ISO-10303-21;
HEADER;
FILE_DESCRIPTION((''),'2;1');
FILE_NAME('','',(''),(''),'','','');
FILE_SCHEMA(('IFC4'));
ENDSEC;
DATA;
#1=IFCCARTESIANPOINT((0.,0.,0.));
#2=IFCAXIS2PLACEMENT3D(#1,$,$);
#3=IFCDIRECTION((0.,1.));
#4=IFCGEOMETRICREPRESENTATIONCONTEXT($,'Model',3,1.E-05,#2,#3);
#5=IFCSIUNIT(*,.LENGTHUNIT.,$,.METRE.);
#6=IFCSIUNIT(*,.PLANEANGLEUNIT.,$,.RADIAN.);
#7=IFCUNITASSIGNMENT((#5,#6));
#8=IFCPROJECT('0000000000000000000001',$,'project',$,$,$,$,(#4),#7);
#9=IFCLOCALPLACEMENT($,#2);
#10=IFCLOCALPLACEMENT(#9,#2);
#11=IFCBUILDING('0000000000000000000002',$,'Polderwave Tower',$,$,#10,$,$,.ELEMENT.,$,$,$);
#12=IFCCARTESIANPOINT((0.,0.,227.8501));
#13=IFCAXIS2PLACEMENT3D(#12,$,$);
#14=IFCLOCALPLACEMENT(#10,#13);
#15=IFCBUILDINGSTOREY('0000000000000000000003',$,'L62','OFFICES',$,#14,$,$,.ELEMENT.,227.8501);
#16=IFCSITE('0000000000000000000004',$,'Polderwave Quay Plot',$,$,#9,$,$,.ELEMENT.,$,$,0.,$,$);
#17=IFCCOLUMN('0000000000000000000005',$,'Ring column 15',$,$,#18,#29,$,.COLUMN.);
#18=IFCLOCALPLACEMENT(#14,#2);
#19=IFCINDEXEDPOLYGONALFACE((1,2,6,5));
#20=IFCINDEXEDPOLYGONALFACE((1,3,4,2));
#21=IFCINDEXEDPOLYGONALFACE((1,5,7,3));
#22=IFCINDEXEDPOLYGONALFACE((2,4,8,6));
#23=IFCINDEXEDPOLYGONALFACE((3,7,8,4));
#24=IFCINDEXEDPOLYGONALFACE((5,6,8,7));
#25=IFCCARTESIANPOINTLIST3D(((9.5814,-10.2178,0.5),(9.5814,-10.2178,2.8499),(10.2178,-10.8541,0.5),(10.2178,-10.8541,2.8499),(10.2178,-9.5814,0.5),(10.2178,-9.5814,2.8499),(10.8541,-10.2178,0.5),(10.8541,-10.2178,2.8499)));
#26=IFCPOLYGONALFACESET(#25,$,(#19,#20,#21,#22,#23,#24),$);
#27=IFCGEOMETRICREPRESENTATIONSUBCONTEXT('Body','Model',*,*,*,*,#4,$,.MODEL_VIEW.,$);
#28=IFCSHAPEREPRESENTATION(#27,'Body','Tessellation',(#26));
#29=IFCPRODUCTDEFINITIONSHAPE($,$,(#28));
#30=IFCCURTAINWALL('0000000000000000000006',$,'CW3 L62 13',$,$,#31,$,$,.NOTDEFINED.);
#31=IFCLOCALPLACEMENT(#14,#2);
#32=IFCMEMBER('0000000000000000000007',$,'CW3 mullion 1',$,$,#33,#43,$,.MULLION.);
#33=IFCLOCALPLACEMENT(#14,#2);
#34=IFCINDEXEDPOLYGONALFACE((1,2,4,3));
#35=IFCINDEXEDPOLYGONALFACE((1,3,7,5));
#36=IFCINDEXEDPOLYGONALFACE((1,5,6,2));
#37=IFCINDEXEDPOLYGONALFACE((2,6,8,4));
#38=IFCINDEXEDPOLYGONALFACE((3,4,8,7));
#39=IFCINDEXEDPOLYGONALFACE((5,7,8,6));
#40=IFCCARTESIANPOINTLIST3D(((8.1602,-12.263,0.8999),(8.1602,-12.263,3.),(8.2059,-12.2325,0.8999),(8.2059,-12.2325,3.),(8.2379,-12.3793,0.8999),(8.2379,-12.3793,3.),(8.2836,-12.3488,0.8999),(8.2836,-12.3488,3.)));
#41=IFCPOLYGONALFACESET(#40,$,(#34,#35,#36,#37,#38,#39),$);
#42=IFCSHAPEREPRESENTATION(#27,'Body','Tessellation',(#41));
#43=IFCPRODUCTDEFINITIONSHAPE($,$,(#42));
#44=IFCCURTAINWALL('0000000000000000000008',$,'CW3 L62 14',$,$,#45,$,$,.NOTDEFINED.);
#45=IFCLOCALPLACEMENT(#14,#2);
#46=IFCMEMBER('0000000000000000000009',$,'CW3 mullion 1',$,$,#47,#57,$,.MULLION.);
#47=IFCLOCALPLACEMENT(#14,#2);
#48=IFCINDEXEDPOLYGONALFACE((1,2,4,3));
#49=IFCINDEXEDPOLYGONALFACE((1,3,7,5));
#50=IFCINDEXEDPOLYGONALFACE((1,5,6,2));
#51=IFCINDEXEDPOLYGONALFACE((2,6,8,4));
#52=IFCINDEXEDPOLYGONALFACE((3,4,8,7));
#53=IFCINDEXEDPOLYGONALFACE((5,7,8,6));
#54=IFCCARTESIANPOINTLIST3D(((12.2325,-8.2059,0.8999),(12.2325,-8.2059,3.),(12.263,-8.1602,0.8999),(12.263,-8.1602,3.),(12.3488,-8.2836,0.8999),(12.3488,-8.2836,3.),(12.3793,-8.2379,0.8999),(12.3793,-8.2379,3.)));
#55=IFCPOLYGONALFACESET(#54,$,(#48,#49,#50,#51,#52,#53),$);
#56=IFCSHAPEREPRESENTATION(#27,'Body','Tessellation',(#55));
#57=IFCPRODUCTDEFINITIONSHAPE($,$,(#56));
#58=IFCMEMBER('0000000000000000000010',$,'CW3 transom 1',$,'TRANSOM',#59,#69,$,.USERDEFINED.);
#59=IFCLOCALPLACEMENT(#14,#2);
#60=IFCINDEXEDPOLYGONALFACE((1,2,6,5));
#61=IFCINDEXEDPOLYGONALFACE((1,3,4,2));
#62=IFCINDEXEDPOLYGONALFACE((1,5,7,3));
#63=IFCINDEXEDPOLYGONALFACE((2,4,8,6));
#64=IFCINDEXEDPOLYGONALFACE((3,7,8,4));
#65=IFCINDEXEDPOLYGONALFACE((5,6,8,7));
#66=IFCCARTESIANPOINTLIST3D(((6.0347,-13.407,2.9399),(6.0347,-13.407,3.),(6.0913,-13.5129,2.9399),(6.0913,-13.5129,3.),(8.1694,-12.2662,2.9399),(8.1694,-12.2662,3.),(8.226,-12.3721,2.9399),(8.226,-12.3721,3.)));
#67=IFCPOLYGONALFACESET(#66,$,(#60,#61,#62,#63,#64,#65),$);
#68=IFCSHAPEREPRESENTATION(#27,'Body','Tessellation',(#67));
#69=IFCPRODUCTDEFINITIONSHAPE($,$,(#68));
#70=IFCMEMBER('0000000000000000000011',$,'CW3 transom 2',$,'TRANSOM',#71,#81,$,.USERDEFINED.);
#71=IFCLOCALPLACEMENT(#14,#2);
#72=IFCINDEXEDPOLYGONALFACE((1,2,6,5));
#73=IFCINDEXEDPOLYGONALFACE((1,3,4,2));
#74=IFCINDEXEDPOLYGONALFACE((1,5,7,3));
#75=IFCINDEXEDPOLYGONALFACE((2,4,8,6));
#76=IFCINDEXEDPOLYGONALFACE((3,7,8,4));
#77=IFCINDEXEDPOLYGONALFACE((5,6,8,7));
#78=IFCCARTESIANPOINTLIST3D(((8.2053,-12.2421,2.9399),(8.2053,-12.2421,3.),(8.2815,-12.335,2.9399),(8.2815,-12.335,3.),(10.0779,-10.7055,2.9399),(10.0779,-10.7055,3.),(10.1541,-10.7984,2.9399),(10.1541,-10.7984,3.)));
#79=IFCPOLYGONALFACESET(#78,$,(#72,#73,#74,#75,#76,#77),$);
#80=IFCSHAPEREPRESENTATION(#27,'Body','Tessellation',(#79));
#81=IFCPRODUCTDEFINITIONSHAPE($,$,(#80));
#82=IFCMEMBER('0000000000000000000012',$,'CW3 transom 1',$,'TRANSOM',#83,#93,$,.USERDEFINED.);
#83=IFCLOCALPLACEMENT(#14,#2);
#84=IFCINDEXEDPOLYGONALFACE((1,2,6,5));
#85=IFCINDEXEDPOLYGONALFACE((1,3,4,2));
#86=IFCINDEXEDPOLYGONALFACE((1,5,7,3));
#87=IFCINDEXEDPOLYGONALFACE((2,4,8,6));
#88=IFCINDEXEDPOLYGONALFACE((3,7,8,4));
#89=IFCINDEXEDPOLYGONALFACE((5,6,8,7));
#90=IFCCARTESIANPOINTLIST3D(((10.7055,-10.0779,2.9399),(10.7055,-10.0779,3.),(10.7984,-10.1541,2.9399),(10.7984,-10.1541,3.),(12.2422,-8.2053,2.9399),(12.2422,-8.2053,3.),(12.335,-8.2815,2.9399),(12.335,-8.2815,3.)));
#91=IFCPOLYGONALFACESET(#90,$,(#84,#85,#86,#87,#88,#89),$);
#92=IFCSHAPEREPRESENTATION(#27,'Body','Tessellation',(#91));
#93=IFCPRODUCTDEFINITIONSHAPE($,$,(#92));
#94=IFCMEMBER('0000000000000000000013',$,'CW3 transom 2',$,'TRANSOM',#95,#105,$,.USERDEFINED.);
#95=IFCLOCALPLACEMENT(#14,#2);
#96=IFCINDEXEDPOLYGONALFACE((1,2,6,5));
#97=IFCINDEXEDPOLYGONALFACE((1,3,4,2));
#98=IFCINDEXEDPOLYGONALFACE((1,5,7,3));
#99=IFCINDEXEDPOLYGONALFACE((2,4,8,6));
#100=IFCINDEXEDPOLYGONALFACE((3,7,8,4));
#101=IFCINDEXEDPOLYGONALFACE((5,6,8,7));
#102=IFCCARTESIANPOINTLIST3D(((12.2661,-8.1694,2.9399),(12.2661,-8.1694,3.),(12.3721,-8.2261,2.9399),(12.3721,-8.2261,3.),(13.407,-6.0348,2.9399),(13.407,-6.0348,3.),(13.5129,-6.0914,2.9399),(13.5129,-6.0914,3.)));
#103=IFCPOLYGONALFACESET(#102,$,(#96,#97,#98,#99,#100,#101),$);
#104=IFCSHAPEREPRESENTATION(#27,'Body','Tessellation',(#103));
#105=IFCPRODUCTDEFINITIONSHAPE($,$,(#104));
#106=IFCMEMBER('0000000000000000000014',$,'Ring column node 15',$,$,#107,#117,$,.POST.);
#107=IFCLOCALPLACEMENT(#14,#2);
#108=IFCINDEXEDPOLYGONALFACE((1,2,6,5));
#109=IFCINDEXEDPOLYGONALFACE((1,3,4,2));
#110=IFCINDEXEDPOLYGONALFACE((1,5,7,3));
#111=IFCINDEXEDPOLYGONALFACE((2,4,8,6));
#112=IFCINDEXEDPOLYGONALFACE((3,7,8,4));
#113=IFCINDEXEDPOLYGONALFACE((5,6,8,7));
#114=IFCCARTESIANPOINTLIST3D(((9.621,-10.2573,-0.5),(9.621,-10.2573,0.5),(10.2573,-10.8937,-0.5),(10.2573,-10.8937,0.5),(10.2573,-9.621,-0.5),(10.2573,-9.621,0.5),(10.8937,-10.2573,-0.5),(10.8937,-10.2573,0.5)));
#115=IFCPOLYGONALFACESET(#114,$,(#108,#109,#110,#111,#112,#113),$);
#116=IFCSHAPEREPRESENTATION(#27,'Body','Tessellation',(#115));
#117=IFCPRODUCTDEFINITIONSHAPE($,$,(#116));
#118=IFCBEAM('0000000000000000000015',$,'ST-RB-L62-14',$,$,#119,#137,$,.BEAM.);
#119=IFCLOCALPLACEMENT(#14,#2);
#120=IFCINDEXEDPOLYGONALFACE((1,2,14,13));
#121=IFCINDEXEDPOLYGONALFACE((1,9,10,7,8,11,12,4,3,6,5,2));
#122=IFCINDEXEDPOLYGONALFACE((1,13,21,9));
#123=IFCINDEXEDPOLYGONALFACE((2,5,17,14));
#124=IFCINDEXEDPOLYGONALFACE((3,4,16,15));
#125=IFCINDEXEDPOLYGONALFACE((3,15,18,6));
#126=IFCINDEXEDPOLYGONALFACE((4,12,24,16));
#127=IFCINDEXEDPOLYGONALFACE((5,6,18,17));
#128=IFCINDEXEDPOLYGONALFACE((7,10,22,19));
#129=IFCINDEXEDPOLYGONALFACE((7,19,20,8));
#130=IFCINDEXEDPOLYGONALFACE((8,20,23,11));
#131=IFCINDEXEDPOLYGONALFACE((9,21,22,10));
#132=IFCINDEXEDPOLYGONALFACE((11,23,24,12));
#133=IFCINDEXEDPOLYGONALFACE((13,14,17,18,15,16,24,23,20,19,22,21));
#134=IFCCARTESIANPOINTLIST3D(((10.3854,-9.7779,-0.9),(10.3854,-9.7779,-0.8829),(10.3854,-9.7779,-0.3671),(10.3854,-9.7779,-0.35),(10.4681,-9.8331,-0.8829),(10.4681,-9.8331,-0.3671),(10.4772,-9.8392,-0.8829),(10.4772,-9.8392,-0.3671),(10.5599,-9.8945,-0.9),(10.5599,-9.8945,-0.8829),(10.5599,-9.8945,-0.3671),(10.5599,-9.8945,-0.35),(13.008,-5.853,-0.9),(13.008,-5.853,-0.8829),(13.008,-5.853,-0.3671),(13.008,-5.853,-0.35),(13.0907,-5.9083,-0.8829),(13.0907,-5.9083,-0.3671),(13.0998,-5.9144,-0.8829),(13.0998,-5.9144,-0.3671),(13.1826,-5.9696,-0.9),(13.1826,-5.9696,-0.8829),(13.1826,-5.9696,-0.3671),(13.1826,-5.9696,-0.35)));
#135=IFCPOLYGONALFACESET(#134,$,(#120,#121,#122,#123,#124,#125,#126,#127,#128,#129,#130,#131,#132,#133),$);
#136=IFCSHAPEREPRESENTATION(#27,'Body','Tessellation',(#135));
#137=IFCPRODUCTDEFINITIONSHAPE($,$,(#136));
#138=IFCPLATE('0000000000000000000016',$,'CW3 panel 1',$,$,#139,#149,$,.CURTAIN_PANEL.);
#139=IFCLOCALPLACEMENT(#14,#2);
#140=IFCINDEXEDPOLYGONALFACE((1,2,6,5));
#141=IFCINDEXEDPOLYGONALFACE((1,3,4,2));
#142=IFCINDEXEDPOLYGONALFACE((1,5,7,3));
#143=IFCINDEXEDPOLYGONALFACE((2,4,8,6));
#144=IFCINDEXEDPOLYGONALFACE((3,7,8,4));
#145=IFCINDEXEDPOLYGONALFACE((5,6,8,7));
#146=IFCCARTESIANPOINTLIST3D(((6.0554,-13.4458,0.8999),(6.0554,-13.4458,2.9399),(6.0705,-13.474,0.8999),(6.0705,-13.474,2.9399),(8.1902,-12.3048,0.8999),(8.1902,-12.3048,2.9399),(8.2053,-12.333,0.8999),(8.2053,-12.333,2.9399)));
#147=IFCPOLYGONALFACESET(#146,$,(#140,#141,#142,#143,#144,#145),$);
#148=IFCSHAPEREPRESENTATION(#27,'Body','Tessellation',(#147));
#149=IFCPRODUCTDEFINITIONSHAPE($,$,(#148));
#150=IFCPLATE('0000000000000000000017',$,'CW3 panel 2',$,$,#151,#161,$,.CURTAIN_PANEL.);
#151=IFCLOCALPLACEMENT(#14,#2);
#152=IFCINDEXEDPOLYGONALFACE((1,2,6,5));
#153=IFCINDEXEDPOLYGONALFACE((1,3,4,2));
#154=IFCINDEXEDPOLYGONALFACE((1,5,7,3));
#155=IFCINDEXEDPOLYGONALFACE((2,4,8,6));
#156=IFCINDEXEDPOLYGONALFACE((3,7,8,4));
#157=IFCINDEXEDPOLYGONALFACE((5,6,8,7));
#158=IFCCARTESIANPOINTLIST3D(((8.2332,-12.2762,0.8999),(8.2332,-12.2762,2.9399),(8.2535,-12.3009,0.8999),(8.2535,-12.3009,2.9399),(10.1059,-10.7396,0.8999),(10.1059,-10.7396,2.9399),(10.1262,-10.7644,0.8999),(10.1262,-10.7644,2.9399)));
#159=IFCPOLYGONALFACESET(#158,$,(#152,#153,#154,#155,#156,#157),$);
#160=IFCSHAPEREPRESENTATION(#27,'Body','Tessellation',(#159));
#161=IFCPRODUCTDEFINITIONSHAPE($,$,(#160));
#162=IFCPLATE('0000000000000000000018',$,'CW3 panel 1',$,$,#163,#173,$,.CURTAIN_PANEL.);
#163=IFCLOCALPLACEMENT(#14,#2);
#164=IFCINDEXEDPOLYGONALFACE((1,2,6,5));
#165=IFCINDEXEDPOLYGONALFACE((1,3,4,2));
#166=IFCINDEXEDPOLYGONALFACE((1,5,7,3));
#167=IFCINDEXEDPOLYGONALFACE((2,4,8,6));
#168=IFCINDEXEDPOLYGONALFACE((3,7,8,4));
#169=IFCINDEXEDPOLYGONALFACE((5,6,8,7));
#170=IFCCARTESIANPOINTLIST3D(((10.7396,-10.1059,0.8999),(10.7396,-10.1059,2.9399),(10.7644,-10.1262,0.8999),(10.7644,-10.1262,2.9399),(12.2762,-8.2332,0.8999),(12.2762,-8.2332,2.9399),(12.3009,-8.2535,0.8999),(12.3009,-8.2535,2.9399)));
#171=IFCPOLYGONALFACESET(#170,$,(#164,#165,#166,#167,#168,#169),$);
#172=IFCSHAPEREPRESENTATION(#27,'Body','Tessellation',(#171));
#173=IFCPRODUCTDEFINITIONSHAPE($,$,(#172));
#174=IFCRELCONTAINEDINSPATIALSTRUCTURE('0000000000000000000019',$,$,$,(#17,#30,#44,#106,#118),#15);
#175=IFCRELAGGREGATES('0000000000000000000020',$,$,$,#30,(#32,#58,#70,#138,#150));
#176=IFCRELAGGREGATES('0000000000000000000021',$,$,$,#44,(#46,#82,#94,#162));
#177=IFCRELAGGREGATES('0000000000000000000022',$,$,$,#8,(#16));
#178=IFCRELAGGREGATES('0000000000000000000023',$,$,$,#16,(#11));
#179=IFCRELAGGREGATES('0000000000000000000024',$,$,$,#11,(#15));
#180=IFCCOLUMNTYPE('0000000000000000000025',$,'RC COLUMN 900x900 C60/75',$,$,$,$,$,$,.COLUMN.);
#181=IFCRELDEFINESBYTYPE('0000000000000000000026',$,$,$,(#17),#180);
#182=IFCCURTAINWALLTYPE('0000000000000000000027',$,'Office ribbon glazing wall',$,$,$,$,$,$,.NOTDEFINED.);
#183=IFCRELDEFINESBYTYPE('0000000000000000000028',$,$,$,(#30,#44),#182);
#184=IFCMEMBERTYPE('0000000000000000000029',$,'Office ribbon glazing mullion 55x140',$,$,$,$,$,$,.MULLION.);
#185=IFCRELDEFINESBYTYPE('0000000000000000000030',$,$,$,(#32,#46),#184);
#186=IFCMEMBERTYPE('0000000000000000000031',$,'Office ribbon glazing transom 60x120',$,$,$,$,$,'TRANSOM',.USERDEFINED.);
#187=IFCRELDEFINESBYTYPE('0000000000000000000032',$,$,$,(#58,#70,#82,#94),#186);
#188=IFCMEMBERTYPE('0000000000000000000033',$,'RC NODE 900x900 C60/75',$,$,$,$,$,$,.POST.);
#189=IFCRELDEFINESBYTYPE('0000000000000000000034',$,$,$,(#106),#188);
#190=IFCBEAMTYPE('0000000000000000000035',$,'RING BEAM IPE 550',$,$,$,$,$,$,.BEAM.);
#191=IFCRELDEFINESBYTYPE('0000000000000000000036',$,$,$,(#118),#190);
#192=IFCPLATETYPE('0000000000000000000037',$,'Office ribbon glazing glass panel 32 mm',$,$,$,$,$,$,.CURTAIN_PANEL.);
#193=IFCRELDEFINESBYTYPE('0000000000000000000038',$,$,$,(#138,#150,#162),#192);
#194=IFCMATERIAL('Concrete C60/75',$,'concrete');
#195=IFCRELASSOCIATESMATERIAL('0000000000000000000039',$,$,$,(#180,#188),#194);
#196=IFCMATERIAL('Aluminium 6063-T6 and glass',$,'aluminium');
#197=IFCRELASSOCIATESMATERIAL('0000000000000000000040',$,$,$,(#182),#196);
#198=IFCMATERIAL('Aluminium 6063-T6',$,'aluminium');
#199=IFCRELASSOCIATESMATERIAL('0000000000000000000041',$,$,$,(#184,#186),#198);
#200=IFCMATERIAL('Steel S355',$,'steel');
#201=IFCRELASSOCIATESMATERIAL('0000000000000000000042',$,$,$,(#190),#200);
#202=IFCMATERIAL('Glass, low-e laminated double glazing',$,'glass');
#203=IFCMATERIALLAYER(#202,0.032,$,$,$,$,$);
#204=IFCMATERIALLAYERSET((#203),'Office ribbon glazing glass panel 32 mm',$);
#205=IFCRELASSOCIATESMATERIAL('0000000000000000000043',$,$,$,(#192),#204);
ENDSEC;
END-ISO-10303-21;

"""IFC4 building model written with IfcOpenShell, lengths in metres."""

from ifc_helpers import new_model, si_unit, direction, frame, origin, origin_2d, place, context, subcontext, project, spatial, rectangle, i_section, extrude, material, layer, layer_set, material_profile, profile_set, type_object, element, aggregate, save


model = new_model("IFC4")

# Units and contexts
model_context = context("Model", 3, precision=1e-05, world=origin(), true_north=direction((0.0, 1.0)))
body_context = subcontext(model_context, "Body", "Model", "MODEL_VIEW")
ifc_project = project(units=[si_unit("LENGTHUNIT", "METRE"), si_unit("PLANEANGLEUNIT", "RADIAN")], contexts=[model_context])

# Site, building, storey
site_placement = place(None, origin())
site = spatial("IfcSite", under=ifc_project, at=site_placement, Name="Polderwave Quay Plot", CompositionType="ELEMENT", RefElevation=0.0)
building_placement = place(site_placement, origin())
building = spatial("IfcBuilding", under=site, at=building_placement, Name="Polderwave Tower", CompositionType="ELEMENT")
storey_placement = place(building_placement, frame((0.0, 0.0, 227.8501)))
storey = spatial("IfcBuildingStorey", under=building, at=storey_placement, Name="L62", Description="OFFICES", CompositionType="ELEMENT", Elevation=227.8501)

# Column
ifc_material_1 = material(Name="Concrete C60/75", Category="concrete")
ifc_material_profile_1 = material_profile(ifc_material_1, rectangle(XDim=0.8999, YDim=0.8999, at=origin_2d()), Name="RC 900x900")
ifc_profile_set_1 = profile_set([ifc_material_profile_1], Name="Concrete C60/75")
column_type = type_object("IfcColumnType", Name="RC COLUMN 900x900 C60/75", PredefinedType="COLUMN", material=ifc_profile_set_1)
column_placement = place(storey_placement, frame((10.2178, -10.2178, 0.5), z_axis=(0.0, 0.0, 1.0), x_axis=(0.707107, -0.707107, 0.0)))
element("IfcColumn", 1, at=column_placement, inside=storey, type_object=column_type, Name="Ring column 15", PredefinedType="COLUMN", context=body_context, shape_type="SweptSolid", body=[
    extrude(rectangle(XDim=0.8999, YDim=0.8999, at=origin_2d()), origin(), (0.0, 0.0, 1.0), 2.3499),
])

# Curtain walls, members
ifc_material_2 = material(Name="Aluminium 6063-T6 and glass", Category="aluminium")
curtain_wall_type = type_object("IfcCurtainWallType", Name="Office ribbon glazing wall", PredefinedType="NOTDEFINED", material=ifc_material_2)
curtain_wall_1_placement = place(storey_placement, origin())
curtain_wall_1 = element("IfcCurtainWall", 2, at=curtain_wall_1_placement, inside=storey, type_object=curtain_wall_type, Name="CW3 L62 13", PredefinedType="NOTDEFINED")
ifc_material_3 = material(Name="Aluminium 6063-T6", Category="aluminium")
ifc_material_profile_2 = material_profile(ifc_material_3, rectangle(XDim=0.1399, YDim=0.0549, at=origin_2d()), Name="AL 55x140")
ifc_profile_set_2 = profile_set([ifc_material_profile_2], Name="Aluminium 6063-T6")
member_type_1 = type_object("IfcMemberType", Name="Office ribbon glazing mullion 55x140", PredefinedType="MULLION", material=ifc_profile_set_2)
member_1_placement = place(storey_placement, frame((8.2219, -12.3059, 0.8999), z_axis=(0.0, 0.0, 1.0), x_axis=(-0.555521, 0.831503, 0.0)))
member_1 = element("IfcMember", 3, at=member_1_placement, type_object=member_type_1, Name="CW3 mullion 1", PredefinedType="MULLION", context=body_context, shape_type="SweptSolid", body=[
    extrude(rectangle(XDim=0.1399, YDim=0.0549, at=origin_2d()), origin(), (0.0, 0.0, 1.0), 2.1001),
])
curtain_wall_2_placement = place(storey_placement, origin())
curtain_wall_2 = element("IfcCurtainWall", 4, at=curtain_wall_2_placement, inside=storey, type_object=curtain_wall_type, Name="CW3 L62 14", PredefinedType="NOTDEFINED")
member_2_placement = place(storey_placement, frame((12.3059, -8.2219, 0.8999), z_axis=(0.0, 0.0, 1.0), x_axis=(-0.831503, 0.555521, 0.0)))
member_2 = element("IfcMember", 5, at=member_2_placement, type_object=member_type_1, Name="CW3 mullion 1", PredefinedType="MULLION", context=body_context, shape_type="SweptSolid", body=[
    extrude(rectangle(XDim=0.1399, YDim=0.0549, at=origin_2d()), origin(), (0.0, 0.0, 1.0), 2.1001),
])

# Members
ifc_material_profile_3 = material_profile(ifc_material_3, rectangle(XDim=0.1201, YDim=0.0601, at=origin_2d()), Name="AL 60x120")
ifc_profile_set_3 = profile_set([ifc_material_profile_3], Name="Aluminium 6063-T6")
member_type_2 = type_object("IfcMemberType", Name="Office ribbon glazing transom 60x120", ElementType="TRANSOM", PredefinedType="USERDEFINED", material=ifc_profile_set_3)
member_3_placement = place(storey_placement, frame((6.063, -13.46, 2.97), z_axis=(0.881953, 0.471337, 0.0), x_axis=(-0.471337, 0.881953, 0.0)))
member_3 = element("IfcMember", 6, at=member_3_placement, type_object=member_type_2, Name="CW3 transom 1", ObjectType="TRANSOM", PredefinedType="USERDEFINED", context=body_context, shape_type="SweptSolid", body=[
    extrude(rectangle(XDim=0.1201, YDim=0.0601, at=origin_2d()), origin(), (0.0, 0.0, 1.0), 2.4204),
])
member_4_placement = place(storey_placement, frame((8.2434, -12.2886, 2.97), z_axis=(0.77304, 0.634357, 0.0), x_axis=(-0.634357, 0.77304, 0.0)))
member_4 = element("IfcMember", 7, at=member_4_placement, type_object=member_type_2, Name="CW3 transom 2", ObjectType="TRANSOM", PredefinedType="USERDEFINED", context=body_context, shape_type="SweptSolid", body=[
    extrude(rectangle(XDim=0.1201, YDim=0.0601, at=origin_2d()), origin(), (0.0, 0.0, 1.0), 2.4224),
])
member_5_placement = place(storey_placement, frame((10.752, -10.116, 2.97), z_axis=(0.634357, 0.77304, 0.0), x_axis=(-0.77304, 0.634357, 0.0)))
member_5 = element("IfcMember", 8, at=member_5_placement, type_object=member_type_2, Name="CW3 transom 1", ObjectType="TRANSOM", PredefinedType="USERDEFINED", context=body_context, shape_type="SweptSolid", body=[
    extrude(rectangle(XDim=0.1201, YDim=0.0601, at=origin_2d()), origin(), (0.0, 0.0, 1.0), 2.4224),
])
member_6_placement = place(storey_placement, frame((12.3191, -8.1978, 2.97), z_axis=(0.471337, 0.881953, 0.0), x_axis=(-0.881953, 0.471337, 0.0)))
member_6 = element("IfcMember", 9, at=member_6_placement, type_object=member_type_2, Name="CW3 transom 2", ObjectType="TRANSOM", PredefinedType="USERDEFINED", context=body_context, shape_type="SweptSolid", body=[
    extrude(rectangle(XDim=0.1201, YDim=0.0601, at=origin_2d()), origin(), (0.0, 0.0, 1.0), 2.4204),
])
ifc_material_profile_4 = material_profile(ifc_material_1, rectangle(XDim=0.8999, YDim=0.8999, at=origin_2d()), Name="RC 900x900")
ifc_profile_set_4 = profile_set([ifc_material_profile_4], Name="Concrete C60/75")
member_type_3 = type_object("IfcMemberType", Name="RC NODE 900x900 C60/75", PredefinedType="POST", material=ifc_profile_set_4)
member_7_placement = place(storey_placement, frame((10.2573, -10.2573, -0.5), z_axis=(0.0, 0.0, 1.0), x_axis=(0.707107, -0.707107, 0.0)))
element("IfcMember", 10, at=member_7_placement, inside=storey, type_object=member_type_3, Name="Ring column node 15", PredefinedType="POST", context=body_context, shape_type="SweptSolid", body=[
    extrude(rectangle(XDim=0.8999, YDim=0.8999, at=origin_2d()), origin(), (0.0, 0.0, 1.0), 1.0),
])

# Beam
ifc_material_4 = material(Name="Steel S355", Category="steel")
ifc_material_profile_5 = material_profile(ifc_material_4, i_section(OverallWidth=0.21, OverallDepth=0.55, WebThickness=0.011, FlangeThickness=0.0171, at=origin_2d()), Name="IPE 550")
ifc_profile_set_5 = profile_set([ifc_material_profile_5], Name="Steel S355")
beam_type = type_object("IfcBeamType", Name="RING BEAM IPE 550", PredefinedType="BEAM", material=ifc_profile_set_5)
beam_placement = place(storey_placement, frame((10.4727, -9.8362, -0.625), z_axis=(0.555583, 0.831461, 0.0), x_axis=(-0.831461, 0.555583, 0.0)))
element("IfcBeam", 11, at=beam_placement, inside=storey, type_object=beam_type, Name="ST-RB-L62-14", PredefinedType="BEAM", context=body_context, shape_type="SweptSolid", body=[
    extrude(i_section(OverallWidth=0.21, OverallDepth=0.55, WebThickness=0.011, FlangeThickness=0.0171, at=origin_2d()), origin(), (0.0, 0.0, 1.0), 4.7205),
])

# Plates
ifc_material_5 = material(Name="Glass, low-e laminated double glazing", Category="glass")
ifc_layer_1 = layer(ifc_material_5, 0.032)
ifc_layer_set_1 = layer_set([ifc_layer_1], Name="Office ribbon glazing glass panel 32 mm")
plate_type = type_object("IfcPlateType", Name="Office ribbon glazing glass panel 32 mm", PredefinedType="CURTAIN_PANEL", material=ifc_layer_set_1)
plate_1_placement = place(storey_placement, frame((7.1304, -12.8894, 0.8999), z_axis=(0.0, 0.0, 1.0), x_axis=(0.881923, 0.471394, 0.0)))
plate_1 = element("IfcPlate", 12, at=plate_1_placement, type_object=plate_type, Name="CW3 panel 1", PredefinedType="CURTAIN_PANEL", context=body_context, shape_type="SweptSolid", body=[
    extrude(rectangle(XDim=2.4207, YDim=0.032, at=origin_2d()), origin(), (0.0, 0.0, 1.0), 2.04),
])
plate_2_placement = place(storey_placement, frame((9.1797, -11.5203, 0.8999), z_axis=(0.0, 0.0, 1.0), x_axis=(0.773084, 0.634304, 0.0)))
plate_2 = element("IfcPlate", 13, at=plate_2_placement, type_object=plate_type, Name="CW3 panel 2", PredefinedType="CURTAIN_PANEL", context=body_context, shape_type="SweptSolid", body=[
    extrude(rectangle(XDim=2.4224, YDim=0.032, at=origin_2d()), origin(), (0.0, 0.0, 1.0), 2.04),
])
aggregate(curtain_wall_1, [member_1, member_3, member_4, plate_1, plate_2])
plate_3_placement = place(storey_placement, frame((11.5203, -9.1797, 0.8999), z_axis=(0.0, 0.0, 1.0), x_axis=(0.634304, 0.773084, 0.0)))
plate_3 = element("IfcPlate", 14, at=plate_3_placement, type_object=plate_type, Name="CW3 panel 1", PredefinedType="CURTAIN_PANEL", context=body_context, shape_type="SweptSolid", body=[
    extrude(rectangle(XDim=2.4224, YDim=0.032, at=origin_2d()), origin(), (0.0, 0.0, 1.0), 2.04),
])
aggregate(curtain_wall_2, [member_2, member_5, member_6, plate_3])

save(model, "model.ifc")
